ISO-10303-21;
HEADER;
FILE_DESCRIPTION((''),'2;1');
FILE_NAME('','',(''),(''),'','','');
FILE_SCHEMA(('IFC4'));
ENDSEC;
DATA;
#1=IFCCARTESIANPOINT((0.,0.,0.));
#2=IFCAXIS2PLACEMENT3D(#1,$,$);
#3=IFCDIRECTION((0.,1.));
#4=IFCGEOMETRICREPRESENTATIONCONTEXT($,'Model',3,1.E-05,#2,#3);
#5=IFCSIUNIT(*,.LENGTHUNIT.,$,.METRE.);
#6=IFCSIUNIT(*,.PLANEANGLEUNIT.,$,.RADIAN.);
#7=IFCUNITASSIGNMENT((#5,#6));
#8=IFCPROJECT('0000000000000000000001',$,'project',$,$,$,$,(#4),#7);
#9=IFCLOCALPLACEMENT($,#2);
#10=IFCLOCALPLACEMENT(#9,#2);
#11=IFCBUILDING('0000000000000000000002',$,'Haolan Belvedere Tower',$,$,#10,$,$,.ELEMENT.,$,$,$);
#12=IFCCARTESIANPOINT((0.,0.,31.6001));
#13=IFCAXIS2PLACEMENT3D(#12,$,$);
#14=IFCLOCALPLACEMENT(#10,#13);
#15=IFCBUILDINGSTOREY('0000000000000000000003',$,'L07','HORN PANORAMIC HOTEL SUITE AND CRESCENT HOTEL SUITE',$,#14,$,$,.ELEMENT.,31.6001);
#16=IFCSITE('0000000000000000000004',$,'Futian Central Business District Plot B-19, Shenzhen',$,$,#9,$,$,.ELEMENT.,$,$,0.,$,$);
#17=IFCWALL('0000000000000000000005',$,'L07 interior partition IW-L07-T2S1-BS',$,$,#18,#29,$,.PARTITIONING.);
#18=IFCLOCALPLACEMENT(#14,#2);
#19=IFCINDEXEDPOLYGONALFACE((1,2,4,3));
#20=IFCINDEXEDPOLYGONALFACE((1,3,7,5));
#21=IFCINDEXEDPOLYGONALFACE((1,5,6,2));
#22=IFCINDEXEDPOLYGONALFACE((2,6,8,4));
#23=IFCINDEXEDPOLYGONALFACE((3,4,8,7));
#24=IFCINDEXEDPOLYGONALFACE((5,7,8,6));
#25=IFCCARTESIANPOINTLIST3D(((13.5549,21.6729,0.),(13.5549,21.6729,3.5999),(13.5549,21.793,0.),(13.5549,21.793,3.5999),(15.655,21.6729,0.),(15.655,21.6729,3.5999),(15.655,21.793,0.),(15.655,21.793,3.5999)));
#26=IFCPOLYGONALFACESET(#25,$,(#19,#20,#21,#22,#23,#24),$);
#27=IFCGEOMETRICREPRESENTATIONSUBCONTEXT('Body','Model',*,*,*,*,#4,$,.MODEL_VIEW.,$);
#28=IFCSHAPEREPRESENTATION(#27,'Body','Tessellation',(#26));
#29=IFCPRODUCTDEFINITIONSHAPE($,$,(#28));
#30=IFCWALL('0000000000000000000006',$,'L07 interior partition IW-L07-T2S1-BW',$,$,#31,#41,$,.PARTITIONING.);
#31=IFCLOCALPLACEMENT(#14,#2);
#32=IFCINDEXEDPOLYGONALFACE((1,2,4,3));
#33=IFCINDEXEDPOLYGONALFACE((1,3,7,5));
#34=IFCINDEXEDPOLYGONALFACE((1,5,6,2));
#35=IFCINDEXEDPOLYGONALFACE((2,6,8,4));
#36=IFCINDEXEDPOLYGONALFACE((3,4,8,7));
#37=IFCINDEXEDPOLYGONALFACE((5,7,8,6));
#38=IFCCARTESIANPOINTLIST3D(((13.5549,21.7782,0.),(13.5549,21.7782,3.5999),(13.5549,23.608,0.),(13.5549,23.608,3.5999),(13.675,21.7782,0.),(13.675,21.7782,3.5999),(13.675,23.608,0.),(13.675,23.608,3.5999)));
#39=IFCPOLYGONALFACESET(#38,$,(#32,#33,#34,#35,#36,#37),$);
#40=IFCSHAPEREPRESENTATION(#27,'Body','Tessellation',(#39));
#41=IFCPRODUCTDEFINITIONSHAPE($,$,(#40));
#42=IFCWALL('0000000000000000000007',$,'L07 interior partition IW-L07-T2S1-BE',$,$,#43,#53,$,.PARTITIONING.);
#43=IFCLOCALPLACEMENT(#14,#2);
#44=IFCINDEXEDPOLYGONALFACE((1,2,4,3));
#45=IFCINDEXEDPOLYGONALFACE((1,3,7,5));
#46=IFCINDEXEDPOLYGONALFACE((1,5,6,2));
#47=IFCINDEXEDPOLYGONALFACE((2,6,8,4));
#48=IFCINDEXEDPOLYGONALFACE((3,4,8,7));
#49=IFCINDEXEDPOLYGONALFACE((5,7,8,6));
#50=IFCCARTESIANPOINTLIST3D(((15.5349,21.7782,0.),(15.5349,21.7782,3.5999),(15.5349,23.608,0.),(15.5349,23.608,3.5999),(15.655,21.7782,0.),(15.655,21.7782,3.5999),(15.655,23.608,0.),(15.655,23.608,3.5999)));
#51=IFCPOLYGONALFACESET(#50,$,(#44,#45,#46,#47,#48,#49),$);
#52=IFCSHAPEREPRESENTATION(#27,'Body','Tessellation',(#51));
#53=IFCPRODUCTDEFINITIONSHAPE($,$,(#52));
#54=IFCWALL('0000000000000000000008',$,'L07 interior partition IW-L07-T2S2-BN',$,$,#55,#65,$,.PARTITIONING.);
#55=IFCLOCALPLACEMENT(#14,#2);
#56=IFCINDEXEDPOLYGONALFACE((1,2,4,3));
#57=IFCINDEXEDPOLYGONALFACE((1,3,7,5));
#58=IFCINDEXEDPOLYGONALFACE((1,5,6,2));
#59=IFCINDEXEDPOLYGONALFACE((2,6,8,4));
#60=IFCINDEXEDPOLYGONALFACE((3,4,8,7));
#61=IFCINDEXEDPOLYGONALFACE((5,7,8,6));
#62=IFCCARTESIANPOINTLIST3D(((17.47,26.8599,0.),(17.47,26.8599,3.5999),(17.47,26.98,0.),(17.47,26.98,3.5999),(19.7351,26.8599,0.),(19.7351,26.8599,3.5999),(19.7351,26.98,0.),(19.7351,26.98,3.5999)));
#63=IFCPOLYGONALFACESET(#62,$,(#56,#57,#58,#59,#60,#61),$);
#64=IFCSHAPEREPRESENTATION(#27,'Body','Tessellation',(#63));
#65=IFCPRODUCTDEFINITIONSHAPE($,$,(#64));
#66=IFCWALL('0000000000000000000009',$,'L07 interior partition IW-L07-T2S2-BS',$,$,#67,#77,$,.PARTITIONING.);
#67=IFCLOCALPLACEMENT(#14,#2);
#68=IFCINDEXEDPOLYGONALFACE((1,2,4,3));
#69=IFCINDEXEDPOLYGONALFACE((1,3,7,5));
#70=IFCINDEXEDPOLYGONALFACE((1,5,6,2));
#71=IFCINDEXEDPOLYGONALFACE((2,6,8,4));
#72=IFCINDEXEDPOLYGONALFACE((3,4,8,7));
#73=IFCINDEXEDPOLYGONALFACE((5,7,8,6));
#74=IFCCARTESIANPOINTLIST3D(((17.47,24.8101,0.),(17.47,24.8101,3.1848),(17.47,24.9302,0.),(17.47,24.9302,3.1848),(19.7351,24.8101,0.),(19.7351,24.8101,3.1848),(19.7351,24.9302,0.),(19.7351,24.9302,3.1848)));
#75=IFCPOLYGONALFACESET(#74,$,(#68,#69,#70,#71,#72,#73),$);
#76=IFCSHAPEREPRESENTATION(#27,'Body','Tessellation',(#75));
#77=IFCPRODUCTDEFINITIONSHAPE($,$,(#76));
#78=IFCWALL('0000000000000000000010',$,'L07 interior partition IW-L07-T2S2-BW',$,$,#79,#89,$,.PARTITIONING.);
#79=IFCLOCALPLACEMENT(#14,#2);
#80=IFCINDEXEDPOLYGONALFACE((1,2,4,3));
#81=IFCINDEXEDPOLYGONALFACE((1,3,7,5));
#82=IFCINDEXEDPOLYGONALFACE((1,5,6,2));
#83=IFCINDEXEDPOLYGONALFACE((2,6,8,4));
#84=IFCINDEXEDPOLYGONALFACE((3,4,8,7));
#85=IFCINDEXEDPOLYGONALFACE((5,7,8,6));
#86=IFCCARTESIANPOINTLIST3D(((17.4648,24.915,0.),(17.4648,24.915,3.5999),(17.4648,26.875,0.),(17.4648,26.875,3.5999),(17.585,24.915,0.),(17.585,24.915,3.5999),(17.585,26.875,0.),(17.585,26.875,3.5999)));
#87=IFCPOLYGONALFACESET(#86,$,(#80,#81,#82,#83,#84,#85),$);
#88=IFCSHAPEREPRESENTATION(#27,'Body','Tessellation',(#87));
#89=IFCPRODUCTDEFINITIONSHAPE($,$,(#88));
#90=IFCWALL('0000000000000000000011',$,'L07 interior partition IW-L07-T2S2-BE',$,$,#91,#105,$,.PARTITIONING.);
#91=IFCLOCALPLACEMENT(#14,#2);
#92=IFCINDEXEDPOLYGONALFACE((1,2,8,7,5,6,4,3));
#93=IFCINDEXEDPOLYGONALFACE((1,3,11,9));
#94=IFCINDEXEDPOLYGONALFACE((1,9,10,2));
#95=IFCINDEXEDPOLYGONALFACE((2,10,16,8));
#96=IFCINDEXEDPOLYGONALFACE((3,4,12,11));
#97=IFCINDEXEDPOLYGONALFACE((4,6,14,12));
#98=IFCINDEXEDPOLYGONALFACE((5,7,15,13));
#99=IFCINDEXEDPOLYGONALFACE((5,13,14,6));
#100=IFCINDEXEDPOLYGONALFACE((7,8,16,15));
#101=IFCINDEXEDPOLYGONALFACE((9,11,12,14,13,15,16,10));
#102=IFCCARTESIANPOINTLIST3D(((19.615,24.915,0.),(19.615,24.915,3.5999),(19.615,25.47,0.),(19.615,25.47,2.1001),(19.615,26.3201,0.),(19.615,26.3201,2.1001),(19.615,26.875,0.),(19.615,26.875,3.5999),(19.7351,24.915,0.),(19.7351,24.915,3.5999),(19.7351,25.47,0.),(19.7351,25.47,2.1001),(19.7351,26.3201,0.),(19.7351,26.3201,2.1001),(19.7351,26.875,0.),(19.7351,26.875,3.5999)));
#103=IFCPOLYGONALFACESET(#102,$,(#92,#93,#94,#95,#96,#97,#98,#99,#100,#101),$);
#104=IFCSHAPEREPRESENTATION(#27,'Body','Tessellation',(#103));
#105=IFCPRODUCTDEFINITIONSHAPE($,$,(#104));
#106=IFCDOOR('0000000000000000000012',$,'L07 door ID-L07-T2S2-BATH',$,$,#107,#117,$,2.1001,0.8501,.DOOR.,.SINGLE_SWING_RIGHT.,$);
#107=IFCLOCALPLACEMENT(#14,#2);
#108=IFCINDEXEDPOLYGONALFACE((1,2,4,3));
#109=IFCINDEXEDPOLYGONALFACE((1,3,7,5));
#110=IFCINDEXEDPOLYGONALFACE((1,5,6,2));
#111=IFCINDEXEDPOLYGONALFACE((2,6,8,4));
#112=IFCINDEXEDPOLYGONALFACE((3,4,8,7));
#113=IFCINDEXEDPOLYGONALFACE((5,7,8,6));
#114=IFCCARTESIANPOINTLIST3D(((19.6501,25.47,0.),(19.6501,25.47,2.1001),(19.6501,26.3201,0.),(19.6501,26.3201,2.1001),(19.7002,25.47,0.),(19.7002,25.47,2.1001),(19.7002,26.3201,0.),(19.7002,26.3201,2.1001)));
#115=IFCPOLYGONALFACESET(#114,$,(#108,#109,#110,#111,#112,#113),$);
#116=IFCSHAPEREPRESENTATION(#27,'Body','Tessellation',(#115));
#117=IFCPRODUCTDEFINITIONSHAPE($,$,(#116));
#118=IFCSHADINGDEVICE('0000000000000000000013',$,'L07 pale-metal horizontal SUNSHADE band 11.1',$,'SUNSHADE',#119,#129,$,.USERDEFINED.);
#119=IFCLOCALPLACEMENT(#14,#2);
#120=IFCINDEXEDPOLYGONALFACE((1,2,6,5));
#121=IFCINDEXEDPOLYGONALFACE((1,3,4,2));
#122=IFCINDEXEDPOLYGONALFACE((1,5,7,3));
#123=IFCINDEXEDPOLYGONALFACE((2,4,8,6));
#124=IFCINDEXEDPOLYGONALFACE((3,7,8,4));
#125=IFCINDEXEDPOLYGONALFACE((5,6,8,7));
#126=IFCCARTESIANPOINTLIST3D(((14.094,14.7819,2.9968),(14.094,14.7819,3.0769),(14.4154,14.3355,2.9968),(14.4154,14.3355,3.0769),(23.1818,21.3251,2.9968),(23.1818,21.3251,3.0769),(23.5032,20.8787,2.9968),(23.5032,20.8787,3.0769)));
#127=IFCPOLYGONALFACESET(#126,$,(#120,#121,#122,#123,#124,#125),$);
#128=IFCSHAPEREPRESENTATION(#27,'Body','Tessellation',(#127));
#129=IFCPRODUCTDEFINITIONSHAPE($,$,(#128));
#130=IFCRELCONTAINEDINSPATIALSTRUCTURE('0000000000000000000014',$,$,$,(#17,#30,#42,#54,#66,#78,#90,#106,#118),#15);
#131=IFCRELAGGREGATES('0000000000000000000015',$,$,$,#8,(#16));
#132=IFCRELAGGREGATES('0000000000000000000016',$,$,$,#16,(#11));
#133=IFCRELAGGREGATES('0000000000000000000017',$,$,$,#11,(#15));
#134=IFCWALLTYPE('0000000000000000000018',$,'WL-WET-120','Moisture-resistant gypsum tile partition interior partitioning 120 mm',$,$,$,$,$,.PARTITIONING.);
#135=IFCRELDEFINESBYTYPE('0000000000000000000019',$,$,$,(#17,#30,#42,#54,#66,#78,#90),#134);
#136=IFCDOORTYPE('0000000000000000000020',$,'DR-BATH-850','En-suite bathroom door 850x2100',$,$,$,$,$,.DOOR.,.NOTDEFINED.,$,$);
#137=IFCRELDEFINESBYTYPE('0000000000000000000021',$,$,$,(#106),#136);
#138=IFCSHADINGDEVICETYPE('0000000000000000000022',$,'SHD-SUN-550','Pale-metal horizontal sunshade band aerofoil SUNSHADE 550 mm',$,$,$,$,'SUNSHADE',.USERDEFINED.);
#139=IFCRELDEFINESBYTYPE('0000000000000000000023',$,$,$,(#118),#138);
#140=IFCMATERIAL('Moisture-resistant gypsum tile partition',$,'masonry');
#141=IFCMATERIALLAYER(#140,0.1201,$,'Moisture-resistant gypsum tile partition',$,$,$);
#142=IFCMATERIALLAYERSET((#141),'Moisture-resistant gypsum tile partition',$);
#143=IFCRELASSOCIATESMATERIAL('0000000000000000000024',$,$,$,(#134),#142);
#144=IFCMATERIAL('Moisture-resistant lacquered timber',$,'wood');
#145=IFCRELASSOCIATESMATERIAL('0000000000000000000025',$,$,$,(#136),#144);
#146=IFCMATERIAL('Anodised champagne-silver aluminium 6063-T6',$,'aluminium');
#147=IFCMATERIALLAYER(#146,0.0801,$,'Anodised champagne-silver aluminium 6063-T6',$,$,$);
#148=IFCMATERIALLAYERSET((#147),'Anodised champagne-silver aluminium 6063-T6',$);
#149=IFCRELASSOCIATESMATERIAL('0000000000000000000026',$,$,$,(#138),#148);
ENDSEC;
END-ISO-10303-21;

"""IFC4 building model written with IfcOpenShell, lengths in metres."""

from ifc_helpers import new_model, si_unit, direction, frame, frame_2d, origin, origin_2d, place, context, subcontext, project, spatial, rectangle, extrude, material, layer, layer_set, type_object, element, fill, save


model = new_model("IFC4")

# Units and contexts
model_context = context("Model", 3, precision=1e-05, world=origin(), true_north=direction((0.0, 1.0)))
body_context = subcontext(model_context, "Body", "Model", "MODEL_VIEW")
ifc_project = project(units=[si_unit("LENGTHUNIT", "METRE"), si_unit("PLANEANGLEUNIT", "RADIAN")], contexts=[model_context])

# Site, building, storey
site_placement = place(None, origin())
site = spatial("IfcSite", under=ifc_project, at=site_placement, Name="Futian Central Business District Plot B-19, Shenzhen", CompositionType="ELEMENT", RefElevation=0.0)
building_placement = place(site_placement, origin())
building = spatial("IfcBuilding", under=site, at=building_placement, Name="Haolan Belvedere Tower", CompositionType="ELEMENT")
storey_placement = place(building_placement, frame((0.0, 0.0, 31.6001)))
storey = spatial("IfcBuildingStorey", under=building, at=storey_placement, Name="L07", Description="HORN PANORAMIC HOTEL SUITE AND CRESCENT HOTEL SUITE", CompositionType="ELEMENT", Elevation=31.6001)

# Shared definitions
ifc_material_1 = material(Name="Moisture-resistant gypsum tile partition", Category="masonry")
ifc_layer_1 = layer(ifc_material_1, 0.1201, Name="Moisture-resistant gypsum tile partition")
ifc_layer_set_1 = layer_set([ifc_layer_1], Name="Moisture-resistant gypsum tile partition")
wall_type_1 = type_object("IfcWallType", Name="WL-WET-120", Description="Moisture-resistant gypsum tile partition interior partitioning 120 mm", PredefinedType="PARTITIONING", material=ifc_layer_set_1)
ifc_material_2 = material(Name="Moisture-resistant lacquered timber", Category="wood")
door_type_1 = type_object("IfcDoorType", Name="DR-BATH-850", Description="En-suite bathroom door 850x2100", OperationType="NOTDEFINED", PredefinedType="DOOR", material=ifc_material_2)

# Walls
wall_1_placement = place(storey_placement, frame((13.5549, 21.7329, 0.0), z_axis=(0.0, 0.0, 1.0), x_axis=(1.0, 0.0, 0.0)))
element("IfcWall", 1, at=wall_1_placement, inside=storey, type_object=wall_type_1, Name="L07 interior partition IW-L07-T2S1-BS", PredefinedType="PARTITIONING", context=body_context, shape_type="SweptSolid", body=[
    extrude(rectangle(XDim=2.1001, YDim=0.1201, at=frame_2d((1.05, 0.0))), origin(), (0.0, 0.0, 1.0), 3.5999),
])
for number, where, z_axis, x_axis, name in (
    (2, (13.615, 21.7781, 0.0), (0.0, 0.0, 1.0), (0.0, 1.0, 0.0), "L07 interior partition IW-L07-T2S1-BW"),
    (3, (15.595, 21.7781, 0.0), (0.0, 0.0, 1.0), (0.0, 1.0, 0.0), "L07 interior partition IW-L07-T2S1-BE"),
):
    element("IfcWall", number, at=place(storey_placement, frame(where, z_axis=z_axis, x_axis=x_axis)), inside=storey, type_object=wall_type_1, Name=name, PredefinedType="PARTITIONING", context=body_context, shape_type="SweptSolid", body=[
        extrude(rectangle(XDim=1.8298, YDim=0.1201, at=frame_2d((0.915, 0.0))), origin(), (0.0, 0.0, 1.0), 3.5999),
    ])
wall_2_placement = place(storey_placement, frame((17.47, 26.9199, 0.0), z_axis=(0.0, 0.0, 1.0), x_axis=(1.0, 0.0, 0.0)))
element("IfcWall", 4, at=wall_2_placement, inside=storey, type_object=wall_type_1, Name="L07 interior partition IW-L07-T2S2-BN", PredefinedType="PARTITIONING", context=body_context, shape_type="SweptSolid", body=[
    extrude(rectangle(XDim=2.2651, YDim=0.1201, at=frame_2d((1.1326, 0.0))), origin(), (0.0, 0.0, 1.0), 3.5999),
])
wall_3_placement = place(storey_placement, frame((17.47, 24.8701, 0.0), z_axis=(0.0, 0.0, 1.0), x_axis=(1.0, 0.0, 0.0)))
element("IfcWall", 5, at=wall_3_placement, inside=storey, type_object=wall_type_1, Name="L07 interior partition IW-L07-T2S2-BS", PredefinedType="PARTITIONING", context=body_context, shape_type="SweptSolid", body=[
    extrude(rectangle(XDim=2.2651, YDim=0.1201, at=frame_2d((1.1326, 0.0))), origin(), (0.0, 0.0, 1.0), 3.1848),
])
wall_4_placement = place(storey_placement, frame((17.5249, 24.915, 0.0), z_axis=(0.0, 0.0, 1.0), x_axis=(0.0, 1.0, 0.0)))
element("IfcWall", 6, at=wall_4_placement, inside=storey, type_object=wall_type_1, Name="L07 interior partition IW-L07-T2S2-BW", PredefinedType="PARTITIONING", context=body_context, shape_type="SweptSolid", body=[
    extrude(rectangle(XDim=1.96, YDim=0.1201, at=frame_2d((0.98, 0.0))), origin(), (0.0, 0.0, 1.0), 3.5999),
])

# Wall, opening, door
wall_5_placement = place(storey_placement, frame((19.675, 24.915, 0.0), z_axis=(0.0, 0.0, 1.0), x_axis=(0.0, 1.0, 0.0)))
wall_5 = element("IfcWall", 7, at=wall_5_placement, inside=storey, type_object=wall_type_1, Name="L07 interior partition IW-L07-T2S2-BE", PredefinedType="PARTITIONING", context=body_context, shape_type="SweptSolid", body=[
    extrude(rectangle(XDim=1.96, YDim=0.1201, at=frame_2d((0.98, 0.0))), origin(), (0.0, 0.0, 1.0), 3.5999),
])
opening_1_placement = place(wall_5_placement, frame((0.5549, 0.0, 0.0)))
opening_1 = element("IfcOpeningElement", 8, at=opening_1_placement, cuts=wall_5, PredefinedType="OPENING", context=body_context, shape_type="SweptSolid", body=[
    extrude(rectangle(XDim=0.8501, YDim=2.1001, at=frame_2d((0.425, 1.05))), frame((0.0, 0.0701, 0.0), z_axis=(0.0, -1.0, 0.0), x_axis=(1.0, 0.0, 0.0)), (0.0, 0.0, 1.0), 0.1401),
])
door_1_placement = place(opening_1_placement, origin())
door_1 = element("IfcDoor", 9, at=door_1_placement, inside=storey, type_object=door_type_1, Name="L07 door ID-L07-T2S2-BATH", OperationType="SINGLE_SWING_RIGHT", OverallHeight=2.1001, OverallWidth=0.8501, PredefinedType="DOOR", context=body_context, shape_type="SweptSolid", body=[
    extrude(rectangle(XDim=0.8501, YDim=2.1001, at=frame_2d((0.425, 1.05))), frame((0.0, 0.0249, 0.0), z_axis=(0.0, -1.0, 0.0), x_axis=(1.0, 0.0, 0.0)), (0.0, 0.0, 1.0), 0.05),
])
fill(opening_1, door_1)

# Shading device
ifc_material_3 = material(Name="Anodised champagne-silver aluminium 6063-T6", Category="aluminium")
ifc_layer_2 = layer(ifc_material_3, 0.0801, Name="Anodised champagne-silver aluminium 6063-T6")
ifc_layer_set_2 = layer_set([ifc_layer_2], Name="Anodised champagne-silver aluminium 6063-T6")
shading_device_type = type_object("IfcShadingDeviceType", Name="SHD-SUN-550", Description="Pale-metal horizontal sunshade band aerofoil SUNSHADE 550 mm", ElementType="SUNSHADE", PredefinedType="USERDEFINED", material=ifc_layer_set_2)
shading_device_placement = place(storey_placement, frame((18.7986, 17.8303, 2.9968), z_axis=(0.0, 0.0, 1.0), x_axis=(0.811533, 0.584306, 0.0)))
element("IfcShadingDevice", 10, at=shading_device_placement, inside=storey, type_object=shading_device_type, Name="L07 pale-metal horizontal SUNSHADE band 11.1", ObjectType="SUNSHADE", PredefinedType="USERDEFINED", context=body_context, shape_type="SweptSolid", body=[
    extrude(rectangle(XDim=11.1982, YDim=0.55, at=origin_2d()), origin(), (0.0, 0.0, 1.0), 0.0801),
])

save(model, "model.ifc")
